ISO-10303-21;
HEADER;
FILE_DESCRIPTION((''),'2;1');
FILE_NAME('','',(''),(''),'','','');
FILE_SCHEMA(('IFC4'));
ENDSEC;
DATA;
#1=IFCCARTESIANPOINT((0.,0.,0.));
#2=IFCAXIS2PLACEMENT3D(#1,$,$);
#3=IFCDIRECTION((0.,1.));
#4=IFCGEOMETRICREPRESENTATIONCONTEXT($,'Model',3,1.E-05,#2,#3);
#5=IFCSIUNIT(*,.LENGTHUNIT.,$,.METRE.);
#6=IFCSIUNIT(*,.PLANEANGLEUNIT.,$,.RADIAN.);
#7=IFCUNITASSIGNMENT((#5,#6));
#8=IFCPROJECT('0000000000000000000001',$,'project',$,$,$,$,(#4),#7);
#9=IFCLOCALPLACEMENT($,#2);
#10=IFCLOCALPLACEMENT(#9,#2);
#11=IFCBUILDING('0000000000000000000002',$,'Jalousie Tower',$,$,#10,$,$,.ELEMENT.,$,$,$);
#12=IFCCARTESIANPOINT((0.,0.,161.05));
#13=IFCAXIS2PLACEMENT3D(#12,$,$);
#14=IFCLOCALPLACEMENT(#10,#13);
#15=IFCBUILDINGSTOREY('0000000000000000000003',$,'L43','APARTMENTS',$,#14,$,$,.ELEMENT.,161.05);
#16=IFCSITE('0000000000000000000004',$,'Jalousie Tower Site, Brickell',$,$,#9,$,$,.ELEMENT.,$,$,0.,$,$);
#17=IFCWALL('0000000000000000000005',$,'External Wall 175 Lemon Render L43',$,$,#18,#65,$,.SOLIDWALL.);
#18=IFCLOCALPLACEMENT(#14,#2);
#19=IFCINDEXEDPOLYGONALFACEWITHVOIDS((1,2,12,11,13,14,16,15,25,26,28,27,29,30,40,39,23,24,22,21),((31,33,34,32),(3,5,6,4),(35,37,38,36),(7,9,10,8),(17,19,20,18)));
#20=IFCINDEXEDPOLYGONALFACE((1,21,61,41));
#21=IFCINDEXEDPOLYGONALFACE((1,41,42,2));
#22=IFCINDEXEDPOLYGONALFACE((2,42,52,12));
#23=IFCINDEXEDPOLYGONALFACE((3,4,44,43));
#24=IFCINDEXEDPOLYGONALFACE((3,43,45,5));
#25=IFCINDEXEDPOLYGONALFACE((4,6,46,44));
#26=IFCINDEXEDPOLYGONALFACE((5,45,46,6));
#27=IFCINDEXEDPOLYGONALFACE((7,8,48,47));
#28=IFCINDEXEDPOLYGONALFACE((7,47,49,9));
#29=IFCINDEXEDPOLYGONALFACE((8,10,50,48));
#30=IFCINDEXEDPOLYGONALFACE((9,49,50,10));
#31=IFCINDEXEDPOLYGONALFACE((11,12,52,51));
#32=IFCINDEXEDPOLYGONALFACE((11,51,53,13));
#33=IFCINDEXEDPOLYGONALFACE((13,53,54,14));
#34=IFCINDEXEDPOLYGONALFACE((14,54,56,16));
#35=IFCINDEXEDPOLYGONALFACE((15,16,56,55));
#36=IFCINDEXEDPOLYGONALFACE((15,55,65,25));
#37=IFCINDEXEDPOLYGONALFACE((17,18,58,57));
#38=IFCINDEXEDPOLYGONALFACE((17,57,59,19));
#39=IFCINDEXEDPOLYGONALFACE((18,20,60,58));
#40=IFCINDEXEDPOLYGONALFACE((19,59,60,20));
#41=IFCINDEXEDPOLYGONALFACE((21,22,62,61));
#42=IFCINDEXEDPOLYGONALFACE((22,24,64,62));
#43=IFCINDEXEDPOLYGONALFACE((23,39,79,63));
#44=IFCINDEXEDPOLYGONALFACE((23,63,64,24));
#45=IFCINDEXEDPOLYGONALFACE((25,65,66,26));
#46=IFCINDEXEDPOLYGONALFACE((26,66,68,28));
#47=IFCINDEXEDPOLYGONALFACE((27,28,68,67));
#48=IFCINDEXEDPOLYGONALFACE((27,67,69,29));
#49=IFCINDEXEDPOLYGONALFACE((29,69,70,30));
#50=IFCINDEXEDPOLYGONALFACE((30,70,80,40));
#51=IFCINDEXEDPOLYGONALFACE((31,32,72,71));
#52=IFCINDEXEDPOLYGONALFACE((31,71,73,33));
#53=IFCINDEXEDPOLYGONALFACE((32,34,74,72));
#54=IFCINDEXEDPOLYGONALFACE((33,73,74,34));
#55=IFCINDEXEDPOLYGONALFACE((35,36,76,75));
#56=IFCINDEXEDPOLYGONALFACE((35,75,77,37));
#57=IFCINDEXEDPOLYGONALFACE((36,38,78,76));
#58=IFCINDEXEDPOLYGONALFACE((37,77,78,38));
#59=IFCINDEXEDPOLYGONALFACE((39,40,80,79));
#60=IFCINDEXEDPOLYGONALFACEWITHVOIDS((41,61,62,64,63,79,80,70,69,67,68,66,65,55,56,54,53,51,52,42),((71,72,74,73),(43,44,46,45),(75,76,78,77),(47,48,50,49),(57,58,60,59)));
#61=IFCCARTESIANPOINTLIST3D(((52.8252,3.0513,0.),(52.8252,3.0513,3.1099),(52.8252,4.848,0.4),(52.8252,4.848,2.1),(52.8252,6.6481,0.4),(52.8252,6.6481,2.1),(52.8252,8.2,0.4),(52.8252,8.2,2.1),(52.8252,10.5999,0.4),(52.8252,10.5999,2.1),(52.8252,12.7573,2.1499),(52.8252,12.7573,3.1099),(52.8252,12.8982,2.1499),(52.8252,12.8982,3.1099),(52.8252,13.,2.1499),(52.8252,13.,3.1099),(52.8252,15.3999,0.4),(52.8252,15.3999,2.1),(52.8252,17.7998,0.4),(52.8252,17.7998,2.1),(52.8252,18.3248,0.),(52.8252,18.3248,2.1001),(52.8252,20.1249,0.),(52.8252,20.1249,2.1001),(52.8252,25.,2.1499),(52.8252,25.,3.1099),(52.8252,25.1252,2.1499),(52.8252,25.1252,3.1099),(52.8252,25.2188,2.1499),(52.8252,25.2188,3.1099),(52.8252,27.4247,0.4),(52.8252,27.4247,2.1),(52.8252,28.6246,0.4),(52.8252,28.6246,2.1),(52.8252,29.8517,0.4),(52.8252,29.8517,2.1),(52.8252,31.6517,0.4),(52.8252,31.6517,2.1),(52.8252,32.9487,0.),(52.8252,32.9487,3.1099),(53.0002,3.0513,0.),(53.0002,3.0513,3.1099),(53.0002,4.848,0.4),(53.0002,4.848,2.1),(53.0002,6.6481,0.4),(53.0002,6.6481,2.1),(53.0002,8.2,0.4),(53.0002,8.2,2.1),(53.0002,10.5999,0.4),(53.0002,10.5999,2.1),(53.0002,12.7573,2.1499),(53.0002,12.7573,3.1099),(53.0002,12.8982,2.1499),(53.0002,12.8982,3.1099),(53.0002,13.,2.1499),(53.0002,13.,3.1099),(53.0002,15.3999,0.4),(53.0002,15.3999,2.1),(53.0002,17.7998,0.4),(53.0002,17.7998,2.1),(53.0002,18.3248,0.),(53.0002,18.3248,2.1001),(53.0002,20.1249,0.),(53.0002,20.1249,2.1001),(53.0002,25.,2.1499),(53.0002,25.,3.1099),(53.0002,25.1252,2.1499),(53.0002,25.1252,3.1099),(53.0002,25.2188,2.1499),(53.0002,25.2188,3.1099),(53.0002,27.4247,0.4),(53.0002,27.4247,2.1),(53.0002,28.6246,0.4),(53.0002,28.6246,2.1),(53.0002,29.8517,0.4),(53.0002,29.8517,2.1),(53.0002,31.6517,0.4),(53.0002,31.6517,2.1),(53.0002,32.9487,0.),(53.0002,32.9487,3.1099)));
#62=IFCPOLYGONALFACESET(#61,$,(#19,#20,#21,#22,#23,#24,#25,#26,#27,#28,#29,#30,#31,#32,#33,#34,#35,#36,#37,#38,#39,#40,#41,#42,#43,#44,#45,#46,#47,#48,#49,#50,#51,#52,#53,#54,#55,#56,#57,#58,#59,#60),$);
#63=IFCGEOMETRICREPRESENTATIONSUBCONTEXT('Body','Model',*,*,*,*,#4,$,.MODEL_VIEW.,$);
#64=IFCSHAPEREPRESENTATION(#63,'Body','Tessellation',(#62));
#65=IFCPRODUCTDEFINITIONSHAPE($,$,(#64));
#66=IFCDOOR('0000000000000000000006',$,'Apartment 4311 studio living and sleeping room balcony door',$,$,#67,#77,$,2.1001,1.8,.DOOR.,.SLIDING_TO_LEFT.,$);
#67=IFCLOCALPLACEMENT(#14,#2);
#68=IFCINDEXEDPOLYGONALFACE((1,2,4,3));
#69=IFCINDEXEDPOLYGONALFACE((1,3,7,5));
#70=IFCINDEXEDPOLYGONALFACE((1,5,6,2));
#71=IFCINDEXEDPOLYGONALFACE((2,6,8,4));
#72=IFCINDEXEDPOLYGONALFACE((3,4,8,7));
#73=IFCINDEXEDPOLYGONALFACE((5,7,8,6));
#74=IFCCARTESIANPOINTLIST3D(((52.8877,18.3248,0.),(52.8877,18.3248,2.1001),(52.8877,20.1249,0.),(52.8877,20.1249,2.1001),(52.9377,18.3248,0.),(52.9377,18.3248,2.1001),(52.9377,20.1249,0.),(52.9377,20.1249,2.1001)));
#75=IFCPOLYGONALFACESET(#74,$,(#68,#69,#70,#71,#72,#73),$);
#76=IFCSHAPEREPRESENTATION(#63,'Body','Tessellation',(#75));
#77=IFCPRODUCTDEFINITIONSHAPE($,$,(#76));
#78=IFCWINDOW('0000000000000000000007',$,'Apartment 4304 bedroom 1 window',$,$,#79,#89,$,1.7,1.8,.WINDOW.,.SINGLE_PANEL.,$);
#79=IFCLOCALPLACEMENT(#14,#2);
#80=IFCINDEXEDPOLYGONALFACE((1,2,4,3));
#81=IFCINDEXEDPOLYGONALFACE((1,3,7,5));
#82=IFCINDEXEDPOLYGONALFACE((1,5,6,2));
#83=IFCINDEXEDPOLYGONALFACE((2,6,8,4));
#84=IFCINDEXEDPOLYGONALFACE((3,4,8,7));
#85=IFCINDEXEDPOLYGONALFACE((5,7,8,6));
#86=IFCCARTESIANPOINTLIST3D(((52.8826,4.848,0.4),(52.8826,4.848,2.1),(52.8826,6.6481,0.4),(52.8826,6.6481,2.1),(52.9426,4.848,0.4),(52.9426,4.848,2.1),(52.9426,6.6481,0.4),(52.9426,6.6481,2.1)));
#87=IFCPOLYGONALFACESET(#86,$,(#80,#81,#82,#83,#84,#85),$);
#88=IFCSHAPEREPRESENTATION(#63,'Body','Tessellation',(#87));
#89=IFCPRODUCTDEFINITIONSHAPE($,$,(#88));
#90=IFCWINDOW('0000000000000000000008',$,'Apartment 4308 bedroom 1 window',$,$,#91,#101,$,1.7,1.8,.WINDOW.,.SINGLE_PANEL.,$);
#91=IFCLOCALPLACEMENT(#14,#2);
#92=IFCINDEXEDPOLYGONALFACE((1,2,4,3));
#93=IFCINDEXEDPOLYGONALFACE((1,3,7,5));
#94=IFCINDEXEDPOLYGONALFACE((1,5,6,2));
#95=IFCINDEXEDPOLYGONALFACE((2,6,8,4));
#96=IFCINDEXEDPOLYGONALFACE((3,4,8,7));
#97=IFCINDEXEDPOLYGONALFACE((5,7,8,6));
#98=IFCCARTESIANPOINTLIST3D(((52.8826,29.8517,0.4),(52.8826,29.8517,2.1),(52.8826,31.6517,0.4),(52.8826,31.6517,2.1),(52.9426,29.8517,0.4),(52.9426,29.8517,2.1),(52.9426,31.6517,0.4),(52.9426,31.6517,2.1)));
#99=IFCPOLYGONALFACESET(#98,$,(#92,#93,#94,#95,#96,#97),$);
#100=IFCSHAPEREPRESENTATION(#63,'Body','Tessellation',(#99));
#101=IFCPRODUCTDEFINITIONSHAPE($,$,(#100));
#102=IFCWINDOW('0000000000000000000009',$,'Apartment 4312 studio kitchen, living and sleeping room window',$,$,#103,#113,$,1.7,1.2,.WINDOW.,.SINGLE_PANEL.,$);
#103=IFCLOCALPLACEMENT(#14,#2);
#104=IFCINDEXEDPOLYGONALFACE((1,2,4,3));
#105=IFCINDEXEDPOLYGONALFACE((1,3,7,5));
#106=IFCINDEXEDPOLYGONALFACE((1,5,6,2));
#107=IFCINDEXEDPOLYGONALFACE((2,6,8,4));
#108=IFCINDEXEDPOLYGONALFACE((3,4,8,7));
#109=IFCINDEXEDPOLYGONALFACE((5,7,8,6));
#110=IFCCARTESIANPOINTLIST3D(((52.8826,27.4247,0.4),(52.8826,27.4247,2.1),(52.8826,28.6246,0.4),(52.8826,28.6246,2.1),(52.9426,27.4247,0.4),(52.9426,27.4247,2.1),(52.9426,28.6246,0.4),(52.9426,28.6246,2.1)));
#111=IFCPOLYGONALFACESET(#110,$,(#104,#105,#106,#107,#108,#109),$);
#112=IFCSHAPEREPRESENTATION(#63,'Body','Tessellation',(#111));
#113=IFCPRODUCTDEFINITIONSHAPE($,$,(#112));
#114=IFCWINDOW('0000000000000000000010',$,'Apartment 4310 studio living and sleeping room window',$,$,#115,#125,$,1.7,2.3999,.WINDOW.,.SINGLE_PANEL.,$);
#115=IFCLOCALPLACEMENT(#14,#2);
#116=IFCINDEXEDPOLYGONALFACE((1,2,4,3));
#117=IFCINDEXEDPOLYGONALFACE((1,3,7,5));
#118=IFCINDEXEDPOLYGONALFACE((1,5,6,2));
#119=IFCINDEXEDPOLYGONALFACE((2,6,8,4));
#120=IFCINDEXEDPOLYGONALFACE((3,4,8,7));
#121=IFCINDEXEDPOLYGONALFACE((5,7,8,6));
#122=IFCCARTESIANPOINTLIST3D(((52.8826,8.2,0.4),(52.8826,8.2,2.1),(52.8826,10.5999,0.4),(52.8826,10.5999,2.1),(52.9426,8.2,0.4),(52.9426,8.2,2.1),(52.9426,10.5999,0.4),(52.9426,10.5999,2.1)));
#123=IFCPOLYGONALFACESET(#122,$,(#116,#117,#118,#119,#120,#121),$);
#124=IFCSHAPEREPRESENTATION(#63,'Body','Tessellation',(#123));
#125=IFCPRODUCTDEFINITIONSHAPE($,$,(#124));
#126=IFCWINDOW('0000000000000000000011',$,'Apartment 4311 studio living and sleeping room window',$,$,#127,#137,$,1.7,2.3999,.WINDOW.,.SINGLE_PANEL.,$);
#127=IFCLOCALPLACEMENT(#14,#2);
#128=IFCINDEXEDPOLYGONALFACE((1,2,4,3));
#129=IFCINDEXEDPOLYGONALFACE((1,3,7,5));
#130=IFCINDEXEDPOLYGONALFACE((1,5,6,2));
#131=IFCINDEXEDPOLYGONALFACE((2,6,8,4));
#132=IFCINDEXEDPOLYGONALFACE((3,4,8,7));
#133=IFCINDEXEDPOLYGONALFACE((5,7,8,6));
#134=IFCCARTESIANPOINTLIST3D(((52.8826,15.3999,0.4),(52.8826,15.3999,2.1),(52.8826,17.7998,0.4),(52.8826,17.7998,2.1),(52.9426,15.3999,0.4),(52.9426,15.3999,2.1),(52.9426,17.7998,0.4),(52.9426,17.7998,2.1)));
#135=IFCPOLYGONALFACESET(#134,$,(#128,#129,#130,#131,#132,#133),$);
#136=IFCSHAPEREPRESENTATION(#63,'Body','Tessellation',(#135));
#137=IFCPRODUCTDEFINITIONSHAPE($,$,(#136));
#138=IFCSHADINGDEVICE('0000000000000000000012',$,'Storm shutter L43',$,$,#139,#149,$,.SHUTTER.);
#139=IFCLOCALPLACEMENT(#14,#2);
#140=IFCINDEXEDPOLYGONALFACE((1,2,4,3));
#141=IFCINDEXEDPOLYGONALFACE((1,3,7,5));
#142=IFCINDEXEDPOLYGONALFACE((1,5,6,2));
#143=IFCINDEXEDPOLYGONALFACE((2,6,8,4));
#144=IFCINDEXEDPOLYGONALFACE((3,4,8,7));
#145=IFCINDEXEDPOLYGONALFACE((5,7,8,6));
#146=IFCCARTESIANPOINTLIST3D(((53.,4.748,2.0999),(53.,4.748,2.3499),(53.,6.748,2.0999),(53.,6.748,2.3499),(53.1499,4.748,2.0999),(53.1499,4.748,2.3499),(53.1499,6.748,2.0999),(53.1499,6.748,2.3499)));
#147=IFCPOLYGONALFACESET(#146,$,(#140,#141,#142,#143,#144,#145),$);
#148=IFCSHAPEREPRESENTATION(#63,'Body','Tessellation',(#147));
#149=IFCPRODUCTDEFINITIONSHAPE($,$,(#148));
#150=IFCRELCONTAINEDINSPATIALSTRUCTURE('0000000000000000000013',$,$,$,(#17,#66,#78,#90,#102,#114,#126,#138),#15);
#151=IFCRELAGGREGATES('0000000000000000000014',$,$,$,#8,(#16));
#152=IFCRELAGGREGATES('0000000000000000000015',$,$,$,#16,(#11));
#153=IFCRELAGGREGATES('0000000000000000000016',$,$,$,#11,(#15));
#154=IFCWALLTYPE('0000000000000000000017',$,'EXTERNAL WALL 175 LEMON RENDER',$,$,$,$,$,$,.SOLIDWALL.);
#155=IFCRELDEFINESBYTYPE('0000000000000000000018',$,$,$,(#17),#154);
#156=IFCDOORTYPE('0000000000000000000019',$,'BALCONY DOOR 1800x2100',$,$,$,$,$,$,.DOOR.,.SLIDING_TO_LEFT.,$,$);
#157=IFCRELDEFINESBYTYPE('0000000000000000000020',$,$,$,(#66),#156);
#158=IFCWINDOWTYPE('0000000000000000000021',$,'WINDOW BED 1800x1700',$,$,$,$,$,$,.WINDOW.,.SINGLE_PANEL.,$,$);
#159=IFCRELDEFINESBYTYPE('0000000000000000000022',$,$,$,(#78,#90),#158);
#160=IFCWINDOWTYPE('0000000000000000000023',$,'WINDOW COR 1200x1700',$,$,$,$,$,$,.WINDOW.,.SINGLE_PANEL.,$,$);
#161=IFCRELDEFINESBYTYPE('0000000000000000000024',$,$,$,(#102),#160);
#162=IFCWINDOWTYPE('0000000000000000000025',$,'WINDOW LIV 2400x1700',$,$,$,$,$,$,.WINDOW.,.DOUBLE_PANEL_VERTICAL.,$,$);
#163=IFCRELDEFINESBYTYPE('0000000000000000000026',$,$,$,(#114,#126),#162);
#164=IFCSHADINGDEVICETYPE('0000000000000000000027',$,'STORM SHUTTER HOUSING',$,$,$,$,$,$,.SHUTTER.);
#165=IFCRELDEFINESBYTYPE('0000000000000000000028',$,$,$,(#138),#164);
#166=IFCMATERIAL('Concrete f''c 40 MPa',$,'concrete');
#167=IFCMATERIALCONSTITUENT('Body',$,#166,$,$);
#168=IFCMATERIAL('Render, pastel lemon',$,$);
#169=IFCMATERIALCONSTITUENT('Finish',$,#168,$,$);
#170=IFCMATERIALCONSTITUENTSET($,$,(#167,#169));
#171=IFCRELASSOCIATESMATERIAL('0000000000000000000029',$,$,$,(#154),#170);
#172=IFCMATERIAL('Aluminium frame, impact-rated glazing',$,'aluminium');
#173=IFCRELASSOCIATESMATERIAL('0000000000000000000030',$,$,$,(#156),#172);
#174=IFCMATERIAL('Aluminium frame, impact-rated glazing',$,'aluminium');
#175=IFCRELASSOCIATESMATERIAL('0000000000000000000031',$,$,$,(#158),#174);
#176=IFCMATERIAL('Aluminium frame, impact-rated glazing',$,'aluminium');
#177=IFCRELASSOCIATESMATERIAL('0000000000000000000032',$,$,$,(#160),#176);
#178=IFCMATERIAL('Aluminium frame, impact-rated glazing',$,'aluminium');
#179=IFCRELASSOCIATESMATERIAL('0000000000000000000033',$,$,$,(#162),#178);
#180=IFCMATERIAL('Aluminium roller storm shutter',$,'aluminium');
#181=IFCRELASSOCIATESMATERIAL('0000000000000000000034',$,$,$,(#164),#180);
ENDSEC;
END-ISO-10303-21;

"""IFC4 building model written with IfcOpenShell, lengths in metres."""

from ifc_helpers import new_model, si_unit, direction, frame, frame_2d, origin, origin_2d, place, context, subcontext, project, spatial, polyline, rectangle, outline, extrude, material, constituent, constituent_set, type_object, element, fill, save


model = new_model("IFC4")

# Units and contexts
model_context = context("Model", 3, precision=1e-05, world=origin(), true_north=direction((0.0, 1.0)))
body_context = subcontext(model_context, "Body", "Model", "MODEL_VIEW")
ifc_project = project(units=[si_unit("LENGTHUNIT", "METRE"), si_unit("PLANEANGLEUNIT", "RADIAN")], contexts=[model_context])

# Site, building, storey
site_placement = place(None, origin())
site = spatial("IfcSite", under=ifc_project, at=site_placement, Name="Jalousie Tower Site, Brickell", CompositionType="ELEMENT", RefElevation=0.0)
building_placement = place(site_placement, origin())
building = spatial("IfcBuilding", under=site, at=building_placement, Name="Jalousie Tower", CompositionType="ELEMENT")
storey_placement = place(building_placement, frame((0.0, 0.0, 161.05)))
storey = spatial("IfcBuildingStorey", under=building, at=storey_placement, Name="L43", Description="APARTMENTS", CompositionType="ELEMENT", Elevation=161.05)

# Wall, openings, door, windows
ifc_material_1 = material(Name="Concrete f'c 40 MPa", Category="concrete")
ifc_constituent_1 = constituent(ifc_material_1, Name="Body")
ifc_material_2 = material(Name="Render, pastel lemon")
ifc_constituent_2 = constituent(ifc_material_2, Name="Finish")
ifc_constituent_set = constituent_set(constituents=[ifc_constituent_1, ifc_constituent_2])
wall_type = type_object("IfcWallType", Name="EXTERNAL WALL 175 LEMON RENDER", PredefinedType="SOLIDWALL", material=ifc_constituent_set)
wall_placement = place(storey_placement, frame((52.9126, 3.0513, 0.0), z_axis=(0.0, 0.0, 1.0), x_axis=(0.0, 1.0, 0.0)))
wall = element("IfcWall", 1, at=wall_placement, inside=storey, type_object=wall_type, Name="External Wall 175 Lemon Render L43", PredefinedType="SOLIDWALL", context=body_context, shape_type="SweptSolid", body=[
    extrude(outline(polyline([(0.0, 0.0), (29.8975, 0.0), (29.8975, 3.1099), (22.1675, 3.1099), (22.1675, 2.1499), (22.074, 2.1499), (22.074, 3.1099), (21.9487, 3.1099), (21.9487, 2.1499), (9.9487, 2.1499), (9.9487, 3.1099), (9.8469, 3.1099), (9.8469, 2.1499), (9.7061, 2.1499), (9.7061, 3.1099), (0.0, 3.1099), (0.0, 0.0)])), frame((0.0, 0.0874, 0.0), z_axis=(0.0, -1.0, 0.0), x_axis=(1.0, 0.0, 0.0)), (0.0, 0.0, 1.0), 0.175),
])
opening_1_placement = place(wall_placement, frame((1.7969, 0.0, 0.3999)))
opening_1 = element("IfcOpeningElement", 2, at=opening_1_placement, cuts=wall, PredefinedType="OPENING", context=body_context, shape_type="SweptSolid", body=[
    extrude(rectangle(XDim=1.8, YDim=1.7, at=frame_2d((0.8999, 0.8501))), frame((0.0, 0.0974, 0.0), z_axis=(0.0, -1.0, 0.0), x_axis=(1.0, 0.0, 0.0)), (0.0, 0.0, 1.0), 0.1951),
])
opening_2_placement = place(wall_placement, frame((5.1487, 0.0, 0.3999)))
opening_2 = element("IfcOpeningElement", 3, at=opening_2_placement, cuts=wall, PredefinedType="OPENING", context=body_context, shape_type="SweptSolid", body=[
    extrude(rectangle(XDim=2.3999, YDim=1.7, at=frame_2d((1.2, 0.8501))), frame((0.0, 0.0974, 0.0), z_axis=(0.0, -1.0, 0.0), x_axis=(1.0, 0.0, 0.0)), (0.0, 0.0, 1.0), 0.1951),
])
opening_3_placement = place(wall_placement, frame((15.2737, 0.0, 0.0)))
opening_3 = element("IfcOpeningElement", 4, at=opening_3_placement, cuts=wall, PredefinedType="OPENING", context=body_context, shape_type="SweptSolid", body=[
    extrude(rectangle(XDim=1.8, YDim=2.1001, at=frame_2d((0.8999, 1.05))), frame((0.0, 0.0974, 0.0), z_axis=(0.0, -1.0, 0.0), x_axis=(1.0, 0.0, 0.0)), (0.0, 0.0, 1.0), 0.1951),
])
opening_4_placement = place(wall_placement, frame((12.3486, 0.0, 0.3999)))
opening_4 = element("IfcOpeningElement", 5, at=opening_4_placement, cuts=wall, PredefinedType="OPENING", context=body_context, shape_type="SweptSolid", body=[
    extrude(rectangle(XDim=2.3999, YDim=1.7, at=frame_2d((1.2, 0.8501))), frame((0.0, 0.0974, 0.0), z_axis=(0.0, -1.0, 0.0), x_axis=(1.0, 0.0, 0.0)), (0.0, 0.0, 1.0), 0.1951),
])
opening_5_placement = place(wall_placement, frame((24.3733, 0.0, 0.3999)))
opening_5 = element("IfcOpeningElement", 6, at=opening_5_placement, cuts=wall, PredefinedType="OPENING", context=body_context, shape_type="SweptSolid", body=[
    extrude(rectangle(XDim=1.2, YDim=1.7, at=frame_2d((0.6001, 0.8501))), frame((0.0, 0.0974, 0.0), z_axis=(0.0, -1.0, 0.0), x_axis=(1.0, 0.0, 0.0)), (0.0, 0.0, 1.0), 0.1951),
])
opening_6_placement = place(wall_placement, frame((26.8005, 0.0, 0.3999)))
opening_6 = element("IfcOpeningElement", 7, at=opening_6_placement, cuts=wall, PredefinedType="OPENING", context=body_context, shape_type="SweptSolid", body=[
    extrude(rectangle(XDim=1.8, YDim=1.7, at=frame_2d((0.8999, 0.8501))), frame((0.0, 0.0974, 0.0), z_axis=(0.0, -1.0, 0.0), x_axis=(1.0, 0.0, 0.0)), (0.0, 0.0, 1.0), 0.1951),
])
ifc_material_3 = material(Name="Aluminium frame, impact-rated glazing", Category="aluminium")
door_type = type_object("IfcDoorType", Name="BALCONY DOOR 1800x2100", OperationType="SLIDING_TO_LEFT", PredefinedType="DOOR", material=ifc_material_3)
door_placement = place(opening_3_placement, origin())
door = element("IfcDoor", 8, at=door_placement, inside=storey, type_object=door_type, Name="Apartment 4311 studio living and sleeping room balcony door", OperationType="SLIDING_TO_LEFT", OverallHeight=2.1001, OverallWidth=1.8, PredefinedType="DOOR", context=body_context, shape_type="SweptSolid", body=[
    extrude(rectangle(XDim=1.8, YDim=2.1001, at=frame_2d((0.8999, 1.05))), frame((0.0, 0.0249, 0.0), z_axis=(0.0, -1.0, 0.0), x_axis=(1.0, 0.0, 0.0)), (0.0, 0.0, 1.0), 0.05),
])
fill(opening_3, door)
ifc_material_4 = material(Name="Aluminium frame, impact-rated glazing", Category="aluminium")
window_type_1 = type_object("IfcWindowType", Name="WINDOW BED 1800x1700", PartitioningType="SINGLE_PANEL", PredefinedType="WINDOW", material=ifc_material_4)
window_1_placement = place(opening_1_placement, origin())
window_1 = element("IfcWindow", 9, at=window_1_placement, inside=storey, type_object=window_type_1, Name="Apartment 4304 bedroom 1 window", OverallHeight=1.7, OverallWidth=1.8, PartitioningType="SINGLE_PANEL", PredefinedType="WINDOW", context=body_context, shape_type="SweptSolid", body=[
    extrude(rectangle(XDim=1.8, YDim=1.7, at=frame_2d((0.8999, 0.8501))), frame((0.0, 0.03, 0.0), z_axis=(0.0, -1.0, 0.0), x_axis=(1.0, 0.0, 0.0)), (0.0, 0.0, 1.0), 0.0601),
])
fill(opening_1, window_1)
window_2_placement = place(opening_6_placement, origin())
window_2 = element("IfcWindow", 10, at=window_2_placement, inside=storey, type_object=window_type_1, Name="Apartment 4308 bedroom 1 window", OverallHeight=1.7, OverallWidth=1.8, PartitioningType="SINGLE_PANEL", PredefinedType="WINDOW", context=body_context, shape_type="SweptSolid", body=[
    extrude(rectangle(XDim=1.8, YDim=1.7, at=frame_2d((0.8999, 0.8501))), frame((0.0, 0.03, 0.0), z_axis=(0.0, -1.0, 0.0), x_axis=(1.0, 0.0, 0.0)), (0.0, 0.0, 1.0), 0.0601),
])
fill(opening_6, window_2)
ifc_material_5 = material(Name="Aluminium frame, impact-rated glazing", Category="aluminium")
window_type_2 = type_object("IfcWindowType", Name="WINDOW COR 1200x1700", PartitioningType="SINGLE_PANEL", PredefinedType="WINDOW", material=ifc_material_5)
window_3_placement = place(opening_5_placement, origin())
window_3 = element("IfcWindow", 11, at=window_3_placement, inside=storey, type_object=window_type_2, Name="Apartment 4312 studio kitchen, living and sleeping room window", OverallHeight=1.7, OverallWidth=1.2, PartitioningType="SINGLE_PANEL", PredefinedType="WINDOW", context=body_context, shape_type="SweptSolid", body=[
    extrude(rectangle(XDim=1.2, YDim=1.7, at=frame_2d((0.6001, 0.8501))), frame((0.0, 0.03, 0.0), z_axis=(0.0, -1.0, 0.0), x_axis=(1.0, 0.0, 0.0)), (0.0, 0.0, 1.0), 0.0601),
])
fill(opening_5, window_3)
ifc_material_6 = material(Name="Aluminium frame, impact-rated glazing", Category="aluminium")
window_type_3 = type_object("IfcWindowType", Name="WINDOW LIV 2400x1700", PartitioningType="DOUBLE_PANEL_VERTICAL", PredefinedType="WINDOW", material=ifc_material_6)
window_4_placement = place(opening_2_placement, origin())
window_4 = element("IfcWindow", 12, at=window_4_placement, inside=storey, type_object=window_type_3, Name="Apartment 4310 studio living and sleeping room window", OverallHeight=1.7, OverallWidth=2.3999, PartitioningType="SINGLE_PANEL", PredefinedType="WINDOW", context=body_context, shape_type="SweptSolid", body=[
    extrude(rectangle(XDim=2.3999, YDim=1.7, at=frame_2d((1.2, 0.8501))), frame((0.0, 0.03, 0.0), z_axis=(0.0, -1.0, 0.0), x_axis=(1.0, 0.0, 0.0)), (0.0, 0.0, 1.0), 0.0601),
])
fill(opening_2, window_4)
window_5_placement = place(opening_4_placement, origin())
window_5 = element("IfcWindow", 13, at=window_5_placement, inside=storey, type_object=window_type_3, Name="Apartment 4311 studio living and sleeping room window", OverallHeight=1.7, OverallWidth=2.3999, PartitioningType="SINGLE_PANEL", PredefinedType="WINDOW", context=body_context, shape_type="SweptSolid", body=[
    extrude(rectangle(XDim=2.3999, YDim=1.7, at=frame_2d((1.2, 0.8501))), frame((0.0, 0.03, 0.0), z_axis=(0.0, -1.0, 0.0), x_axis=(1.0, 0.0, 0.0)), (0.0, 0.0, 1.0), 0.0601),
])
fill(opening_4, window_5)

# Shading device
ifc_material_7 = material(Name="Aluminium roller storm shutter", Category="aluminium")
shading_device_type = type_object("IfcShadingDeviceType", Name="STORM SHUTTER HOUSING", PredefinedType="SHUTTER", material=ifc_material_7)
shading_device_placement = place(storey_placement, frame((53.075, 5.748, 2.0999), z_axis=(0.0, 0.0, 1.0), x_axis=(0.0, 1.0, 0.0)))
element("IfcShadingDevice", 14, at=shading_device_placement, inside=storey, type_object=shading_device_type, Name="Storm shutter L43", PredefinedType="SHUTTER", context=body_context, shape_type="SweptSolid", body=[
    extrude(rectangle(XDim=2.0, YDim=0.1499, at=origin_2d()), origin(), (0.0, 0.0, 1.0), 0.25),
])

save(model, "model.ifc")
